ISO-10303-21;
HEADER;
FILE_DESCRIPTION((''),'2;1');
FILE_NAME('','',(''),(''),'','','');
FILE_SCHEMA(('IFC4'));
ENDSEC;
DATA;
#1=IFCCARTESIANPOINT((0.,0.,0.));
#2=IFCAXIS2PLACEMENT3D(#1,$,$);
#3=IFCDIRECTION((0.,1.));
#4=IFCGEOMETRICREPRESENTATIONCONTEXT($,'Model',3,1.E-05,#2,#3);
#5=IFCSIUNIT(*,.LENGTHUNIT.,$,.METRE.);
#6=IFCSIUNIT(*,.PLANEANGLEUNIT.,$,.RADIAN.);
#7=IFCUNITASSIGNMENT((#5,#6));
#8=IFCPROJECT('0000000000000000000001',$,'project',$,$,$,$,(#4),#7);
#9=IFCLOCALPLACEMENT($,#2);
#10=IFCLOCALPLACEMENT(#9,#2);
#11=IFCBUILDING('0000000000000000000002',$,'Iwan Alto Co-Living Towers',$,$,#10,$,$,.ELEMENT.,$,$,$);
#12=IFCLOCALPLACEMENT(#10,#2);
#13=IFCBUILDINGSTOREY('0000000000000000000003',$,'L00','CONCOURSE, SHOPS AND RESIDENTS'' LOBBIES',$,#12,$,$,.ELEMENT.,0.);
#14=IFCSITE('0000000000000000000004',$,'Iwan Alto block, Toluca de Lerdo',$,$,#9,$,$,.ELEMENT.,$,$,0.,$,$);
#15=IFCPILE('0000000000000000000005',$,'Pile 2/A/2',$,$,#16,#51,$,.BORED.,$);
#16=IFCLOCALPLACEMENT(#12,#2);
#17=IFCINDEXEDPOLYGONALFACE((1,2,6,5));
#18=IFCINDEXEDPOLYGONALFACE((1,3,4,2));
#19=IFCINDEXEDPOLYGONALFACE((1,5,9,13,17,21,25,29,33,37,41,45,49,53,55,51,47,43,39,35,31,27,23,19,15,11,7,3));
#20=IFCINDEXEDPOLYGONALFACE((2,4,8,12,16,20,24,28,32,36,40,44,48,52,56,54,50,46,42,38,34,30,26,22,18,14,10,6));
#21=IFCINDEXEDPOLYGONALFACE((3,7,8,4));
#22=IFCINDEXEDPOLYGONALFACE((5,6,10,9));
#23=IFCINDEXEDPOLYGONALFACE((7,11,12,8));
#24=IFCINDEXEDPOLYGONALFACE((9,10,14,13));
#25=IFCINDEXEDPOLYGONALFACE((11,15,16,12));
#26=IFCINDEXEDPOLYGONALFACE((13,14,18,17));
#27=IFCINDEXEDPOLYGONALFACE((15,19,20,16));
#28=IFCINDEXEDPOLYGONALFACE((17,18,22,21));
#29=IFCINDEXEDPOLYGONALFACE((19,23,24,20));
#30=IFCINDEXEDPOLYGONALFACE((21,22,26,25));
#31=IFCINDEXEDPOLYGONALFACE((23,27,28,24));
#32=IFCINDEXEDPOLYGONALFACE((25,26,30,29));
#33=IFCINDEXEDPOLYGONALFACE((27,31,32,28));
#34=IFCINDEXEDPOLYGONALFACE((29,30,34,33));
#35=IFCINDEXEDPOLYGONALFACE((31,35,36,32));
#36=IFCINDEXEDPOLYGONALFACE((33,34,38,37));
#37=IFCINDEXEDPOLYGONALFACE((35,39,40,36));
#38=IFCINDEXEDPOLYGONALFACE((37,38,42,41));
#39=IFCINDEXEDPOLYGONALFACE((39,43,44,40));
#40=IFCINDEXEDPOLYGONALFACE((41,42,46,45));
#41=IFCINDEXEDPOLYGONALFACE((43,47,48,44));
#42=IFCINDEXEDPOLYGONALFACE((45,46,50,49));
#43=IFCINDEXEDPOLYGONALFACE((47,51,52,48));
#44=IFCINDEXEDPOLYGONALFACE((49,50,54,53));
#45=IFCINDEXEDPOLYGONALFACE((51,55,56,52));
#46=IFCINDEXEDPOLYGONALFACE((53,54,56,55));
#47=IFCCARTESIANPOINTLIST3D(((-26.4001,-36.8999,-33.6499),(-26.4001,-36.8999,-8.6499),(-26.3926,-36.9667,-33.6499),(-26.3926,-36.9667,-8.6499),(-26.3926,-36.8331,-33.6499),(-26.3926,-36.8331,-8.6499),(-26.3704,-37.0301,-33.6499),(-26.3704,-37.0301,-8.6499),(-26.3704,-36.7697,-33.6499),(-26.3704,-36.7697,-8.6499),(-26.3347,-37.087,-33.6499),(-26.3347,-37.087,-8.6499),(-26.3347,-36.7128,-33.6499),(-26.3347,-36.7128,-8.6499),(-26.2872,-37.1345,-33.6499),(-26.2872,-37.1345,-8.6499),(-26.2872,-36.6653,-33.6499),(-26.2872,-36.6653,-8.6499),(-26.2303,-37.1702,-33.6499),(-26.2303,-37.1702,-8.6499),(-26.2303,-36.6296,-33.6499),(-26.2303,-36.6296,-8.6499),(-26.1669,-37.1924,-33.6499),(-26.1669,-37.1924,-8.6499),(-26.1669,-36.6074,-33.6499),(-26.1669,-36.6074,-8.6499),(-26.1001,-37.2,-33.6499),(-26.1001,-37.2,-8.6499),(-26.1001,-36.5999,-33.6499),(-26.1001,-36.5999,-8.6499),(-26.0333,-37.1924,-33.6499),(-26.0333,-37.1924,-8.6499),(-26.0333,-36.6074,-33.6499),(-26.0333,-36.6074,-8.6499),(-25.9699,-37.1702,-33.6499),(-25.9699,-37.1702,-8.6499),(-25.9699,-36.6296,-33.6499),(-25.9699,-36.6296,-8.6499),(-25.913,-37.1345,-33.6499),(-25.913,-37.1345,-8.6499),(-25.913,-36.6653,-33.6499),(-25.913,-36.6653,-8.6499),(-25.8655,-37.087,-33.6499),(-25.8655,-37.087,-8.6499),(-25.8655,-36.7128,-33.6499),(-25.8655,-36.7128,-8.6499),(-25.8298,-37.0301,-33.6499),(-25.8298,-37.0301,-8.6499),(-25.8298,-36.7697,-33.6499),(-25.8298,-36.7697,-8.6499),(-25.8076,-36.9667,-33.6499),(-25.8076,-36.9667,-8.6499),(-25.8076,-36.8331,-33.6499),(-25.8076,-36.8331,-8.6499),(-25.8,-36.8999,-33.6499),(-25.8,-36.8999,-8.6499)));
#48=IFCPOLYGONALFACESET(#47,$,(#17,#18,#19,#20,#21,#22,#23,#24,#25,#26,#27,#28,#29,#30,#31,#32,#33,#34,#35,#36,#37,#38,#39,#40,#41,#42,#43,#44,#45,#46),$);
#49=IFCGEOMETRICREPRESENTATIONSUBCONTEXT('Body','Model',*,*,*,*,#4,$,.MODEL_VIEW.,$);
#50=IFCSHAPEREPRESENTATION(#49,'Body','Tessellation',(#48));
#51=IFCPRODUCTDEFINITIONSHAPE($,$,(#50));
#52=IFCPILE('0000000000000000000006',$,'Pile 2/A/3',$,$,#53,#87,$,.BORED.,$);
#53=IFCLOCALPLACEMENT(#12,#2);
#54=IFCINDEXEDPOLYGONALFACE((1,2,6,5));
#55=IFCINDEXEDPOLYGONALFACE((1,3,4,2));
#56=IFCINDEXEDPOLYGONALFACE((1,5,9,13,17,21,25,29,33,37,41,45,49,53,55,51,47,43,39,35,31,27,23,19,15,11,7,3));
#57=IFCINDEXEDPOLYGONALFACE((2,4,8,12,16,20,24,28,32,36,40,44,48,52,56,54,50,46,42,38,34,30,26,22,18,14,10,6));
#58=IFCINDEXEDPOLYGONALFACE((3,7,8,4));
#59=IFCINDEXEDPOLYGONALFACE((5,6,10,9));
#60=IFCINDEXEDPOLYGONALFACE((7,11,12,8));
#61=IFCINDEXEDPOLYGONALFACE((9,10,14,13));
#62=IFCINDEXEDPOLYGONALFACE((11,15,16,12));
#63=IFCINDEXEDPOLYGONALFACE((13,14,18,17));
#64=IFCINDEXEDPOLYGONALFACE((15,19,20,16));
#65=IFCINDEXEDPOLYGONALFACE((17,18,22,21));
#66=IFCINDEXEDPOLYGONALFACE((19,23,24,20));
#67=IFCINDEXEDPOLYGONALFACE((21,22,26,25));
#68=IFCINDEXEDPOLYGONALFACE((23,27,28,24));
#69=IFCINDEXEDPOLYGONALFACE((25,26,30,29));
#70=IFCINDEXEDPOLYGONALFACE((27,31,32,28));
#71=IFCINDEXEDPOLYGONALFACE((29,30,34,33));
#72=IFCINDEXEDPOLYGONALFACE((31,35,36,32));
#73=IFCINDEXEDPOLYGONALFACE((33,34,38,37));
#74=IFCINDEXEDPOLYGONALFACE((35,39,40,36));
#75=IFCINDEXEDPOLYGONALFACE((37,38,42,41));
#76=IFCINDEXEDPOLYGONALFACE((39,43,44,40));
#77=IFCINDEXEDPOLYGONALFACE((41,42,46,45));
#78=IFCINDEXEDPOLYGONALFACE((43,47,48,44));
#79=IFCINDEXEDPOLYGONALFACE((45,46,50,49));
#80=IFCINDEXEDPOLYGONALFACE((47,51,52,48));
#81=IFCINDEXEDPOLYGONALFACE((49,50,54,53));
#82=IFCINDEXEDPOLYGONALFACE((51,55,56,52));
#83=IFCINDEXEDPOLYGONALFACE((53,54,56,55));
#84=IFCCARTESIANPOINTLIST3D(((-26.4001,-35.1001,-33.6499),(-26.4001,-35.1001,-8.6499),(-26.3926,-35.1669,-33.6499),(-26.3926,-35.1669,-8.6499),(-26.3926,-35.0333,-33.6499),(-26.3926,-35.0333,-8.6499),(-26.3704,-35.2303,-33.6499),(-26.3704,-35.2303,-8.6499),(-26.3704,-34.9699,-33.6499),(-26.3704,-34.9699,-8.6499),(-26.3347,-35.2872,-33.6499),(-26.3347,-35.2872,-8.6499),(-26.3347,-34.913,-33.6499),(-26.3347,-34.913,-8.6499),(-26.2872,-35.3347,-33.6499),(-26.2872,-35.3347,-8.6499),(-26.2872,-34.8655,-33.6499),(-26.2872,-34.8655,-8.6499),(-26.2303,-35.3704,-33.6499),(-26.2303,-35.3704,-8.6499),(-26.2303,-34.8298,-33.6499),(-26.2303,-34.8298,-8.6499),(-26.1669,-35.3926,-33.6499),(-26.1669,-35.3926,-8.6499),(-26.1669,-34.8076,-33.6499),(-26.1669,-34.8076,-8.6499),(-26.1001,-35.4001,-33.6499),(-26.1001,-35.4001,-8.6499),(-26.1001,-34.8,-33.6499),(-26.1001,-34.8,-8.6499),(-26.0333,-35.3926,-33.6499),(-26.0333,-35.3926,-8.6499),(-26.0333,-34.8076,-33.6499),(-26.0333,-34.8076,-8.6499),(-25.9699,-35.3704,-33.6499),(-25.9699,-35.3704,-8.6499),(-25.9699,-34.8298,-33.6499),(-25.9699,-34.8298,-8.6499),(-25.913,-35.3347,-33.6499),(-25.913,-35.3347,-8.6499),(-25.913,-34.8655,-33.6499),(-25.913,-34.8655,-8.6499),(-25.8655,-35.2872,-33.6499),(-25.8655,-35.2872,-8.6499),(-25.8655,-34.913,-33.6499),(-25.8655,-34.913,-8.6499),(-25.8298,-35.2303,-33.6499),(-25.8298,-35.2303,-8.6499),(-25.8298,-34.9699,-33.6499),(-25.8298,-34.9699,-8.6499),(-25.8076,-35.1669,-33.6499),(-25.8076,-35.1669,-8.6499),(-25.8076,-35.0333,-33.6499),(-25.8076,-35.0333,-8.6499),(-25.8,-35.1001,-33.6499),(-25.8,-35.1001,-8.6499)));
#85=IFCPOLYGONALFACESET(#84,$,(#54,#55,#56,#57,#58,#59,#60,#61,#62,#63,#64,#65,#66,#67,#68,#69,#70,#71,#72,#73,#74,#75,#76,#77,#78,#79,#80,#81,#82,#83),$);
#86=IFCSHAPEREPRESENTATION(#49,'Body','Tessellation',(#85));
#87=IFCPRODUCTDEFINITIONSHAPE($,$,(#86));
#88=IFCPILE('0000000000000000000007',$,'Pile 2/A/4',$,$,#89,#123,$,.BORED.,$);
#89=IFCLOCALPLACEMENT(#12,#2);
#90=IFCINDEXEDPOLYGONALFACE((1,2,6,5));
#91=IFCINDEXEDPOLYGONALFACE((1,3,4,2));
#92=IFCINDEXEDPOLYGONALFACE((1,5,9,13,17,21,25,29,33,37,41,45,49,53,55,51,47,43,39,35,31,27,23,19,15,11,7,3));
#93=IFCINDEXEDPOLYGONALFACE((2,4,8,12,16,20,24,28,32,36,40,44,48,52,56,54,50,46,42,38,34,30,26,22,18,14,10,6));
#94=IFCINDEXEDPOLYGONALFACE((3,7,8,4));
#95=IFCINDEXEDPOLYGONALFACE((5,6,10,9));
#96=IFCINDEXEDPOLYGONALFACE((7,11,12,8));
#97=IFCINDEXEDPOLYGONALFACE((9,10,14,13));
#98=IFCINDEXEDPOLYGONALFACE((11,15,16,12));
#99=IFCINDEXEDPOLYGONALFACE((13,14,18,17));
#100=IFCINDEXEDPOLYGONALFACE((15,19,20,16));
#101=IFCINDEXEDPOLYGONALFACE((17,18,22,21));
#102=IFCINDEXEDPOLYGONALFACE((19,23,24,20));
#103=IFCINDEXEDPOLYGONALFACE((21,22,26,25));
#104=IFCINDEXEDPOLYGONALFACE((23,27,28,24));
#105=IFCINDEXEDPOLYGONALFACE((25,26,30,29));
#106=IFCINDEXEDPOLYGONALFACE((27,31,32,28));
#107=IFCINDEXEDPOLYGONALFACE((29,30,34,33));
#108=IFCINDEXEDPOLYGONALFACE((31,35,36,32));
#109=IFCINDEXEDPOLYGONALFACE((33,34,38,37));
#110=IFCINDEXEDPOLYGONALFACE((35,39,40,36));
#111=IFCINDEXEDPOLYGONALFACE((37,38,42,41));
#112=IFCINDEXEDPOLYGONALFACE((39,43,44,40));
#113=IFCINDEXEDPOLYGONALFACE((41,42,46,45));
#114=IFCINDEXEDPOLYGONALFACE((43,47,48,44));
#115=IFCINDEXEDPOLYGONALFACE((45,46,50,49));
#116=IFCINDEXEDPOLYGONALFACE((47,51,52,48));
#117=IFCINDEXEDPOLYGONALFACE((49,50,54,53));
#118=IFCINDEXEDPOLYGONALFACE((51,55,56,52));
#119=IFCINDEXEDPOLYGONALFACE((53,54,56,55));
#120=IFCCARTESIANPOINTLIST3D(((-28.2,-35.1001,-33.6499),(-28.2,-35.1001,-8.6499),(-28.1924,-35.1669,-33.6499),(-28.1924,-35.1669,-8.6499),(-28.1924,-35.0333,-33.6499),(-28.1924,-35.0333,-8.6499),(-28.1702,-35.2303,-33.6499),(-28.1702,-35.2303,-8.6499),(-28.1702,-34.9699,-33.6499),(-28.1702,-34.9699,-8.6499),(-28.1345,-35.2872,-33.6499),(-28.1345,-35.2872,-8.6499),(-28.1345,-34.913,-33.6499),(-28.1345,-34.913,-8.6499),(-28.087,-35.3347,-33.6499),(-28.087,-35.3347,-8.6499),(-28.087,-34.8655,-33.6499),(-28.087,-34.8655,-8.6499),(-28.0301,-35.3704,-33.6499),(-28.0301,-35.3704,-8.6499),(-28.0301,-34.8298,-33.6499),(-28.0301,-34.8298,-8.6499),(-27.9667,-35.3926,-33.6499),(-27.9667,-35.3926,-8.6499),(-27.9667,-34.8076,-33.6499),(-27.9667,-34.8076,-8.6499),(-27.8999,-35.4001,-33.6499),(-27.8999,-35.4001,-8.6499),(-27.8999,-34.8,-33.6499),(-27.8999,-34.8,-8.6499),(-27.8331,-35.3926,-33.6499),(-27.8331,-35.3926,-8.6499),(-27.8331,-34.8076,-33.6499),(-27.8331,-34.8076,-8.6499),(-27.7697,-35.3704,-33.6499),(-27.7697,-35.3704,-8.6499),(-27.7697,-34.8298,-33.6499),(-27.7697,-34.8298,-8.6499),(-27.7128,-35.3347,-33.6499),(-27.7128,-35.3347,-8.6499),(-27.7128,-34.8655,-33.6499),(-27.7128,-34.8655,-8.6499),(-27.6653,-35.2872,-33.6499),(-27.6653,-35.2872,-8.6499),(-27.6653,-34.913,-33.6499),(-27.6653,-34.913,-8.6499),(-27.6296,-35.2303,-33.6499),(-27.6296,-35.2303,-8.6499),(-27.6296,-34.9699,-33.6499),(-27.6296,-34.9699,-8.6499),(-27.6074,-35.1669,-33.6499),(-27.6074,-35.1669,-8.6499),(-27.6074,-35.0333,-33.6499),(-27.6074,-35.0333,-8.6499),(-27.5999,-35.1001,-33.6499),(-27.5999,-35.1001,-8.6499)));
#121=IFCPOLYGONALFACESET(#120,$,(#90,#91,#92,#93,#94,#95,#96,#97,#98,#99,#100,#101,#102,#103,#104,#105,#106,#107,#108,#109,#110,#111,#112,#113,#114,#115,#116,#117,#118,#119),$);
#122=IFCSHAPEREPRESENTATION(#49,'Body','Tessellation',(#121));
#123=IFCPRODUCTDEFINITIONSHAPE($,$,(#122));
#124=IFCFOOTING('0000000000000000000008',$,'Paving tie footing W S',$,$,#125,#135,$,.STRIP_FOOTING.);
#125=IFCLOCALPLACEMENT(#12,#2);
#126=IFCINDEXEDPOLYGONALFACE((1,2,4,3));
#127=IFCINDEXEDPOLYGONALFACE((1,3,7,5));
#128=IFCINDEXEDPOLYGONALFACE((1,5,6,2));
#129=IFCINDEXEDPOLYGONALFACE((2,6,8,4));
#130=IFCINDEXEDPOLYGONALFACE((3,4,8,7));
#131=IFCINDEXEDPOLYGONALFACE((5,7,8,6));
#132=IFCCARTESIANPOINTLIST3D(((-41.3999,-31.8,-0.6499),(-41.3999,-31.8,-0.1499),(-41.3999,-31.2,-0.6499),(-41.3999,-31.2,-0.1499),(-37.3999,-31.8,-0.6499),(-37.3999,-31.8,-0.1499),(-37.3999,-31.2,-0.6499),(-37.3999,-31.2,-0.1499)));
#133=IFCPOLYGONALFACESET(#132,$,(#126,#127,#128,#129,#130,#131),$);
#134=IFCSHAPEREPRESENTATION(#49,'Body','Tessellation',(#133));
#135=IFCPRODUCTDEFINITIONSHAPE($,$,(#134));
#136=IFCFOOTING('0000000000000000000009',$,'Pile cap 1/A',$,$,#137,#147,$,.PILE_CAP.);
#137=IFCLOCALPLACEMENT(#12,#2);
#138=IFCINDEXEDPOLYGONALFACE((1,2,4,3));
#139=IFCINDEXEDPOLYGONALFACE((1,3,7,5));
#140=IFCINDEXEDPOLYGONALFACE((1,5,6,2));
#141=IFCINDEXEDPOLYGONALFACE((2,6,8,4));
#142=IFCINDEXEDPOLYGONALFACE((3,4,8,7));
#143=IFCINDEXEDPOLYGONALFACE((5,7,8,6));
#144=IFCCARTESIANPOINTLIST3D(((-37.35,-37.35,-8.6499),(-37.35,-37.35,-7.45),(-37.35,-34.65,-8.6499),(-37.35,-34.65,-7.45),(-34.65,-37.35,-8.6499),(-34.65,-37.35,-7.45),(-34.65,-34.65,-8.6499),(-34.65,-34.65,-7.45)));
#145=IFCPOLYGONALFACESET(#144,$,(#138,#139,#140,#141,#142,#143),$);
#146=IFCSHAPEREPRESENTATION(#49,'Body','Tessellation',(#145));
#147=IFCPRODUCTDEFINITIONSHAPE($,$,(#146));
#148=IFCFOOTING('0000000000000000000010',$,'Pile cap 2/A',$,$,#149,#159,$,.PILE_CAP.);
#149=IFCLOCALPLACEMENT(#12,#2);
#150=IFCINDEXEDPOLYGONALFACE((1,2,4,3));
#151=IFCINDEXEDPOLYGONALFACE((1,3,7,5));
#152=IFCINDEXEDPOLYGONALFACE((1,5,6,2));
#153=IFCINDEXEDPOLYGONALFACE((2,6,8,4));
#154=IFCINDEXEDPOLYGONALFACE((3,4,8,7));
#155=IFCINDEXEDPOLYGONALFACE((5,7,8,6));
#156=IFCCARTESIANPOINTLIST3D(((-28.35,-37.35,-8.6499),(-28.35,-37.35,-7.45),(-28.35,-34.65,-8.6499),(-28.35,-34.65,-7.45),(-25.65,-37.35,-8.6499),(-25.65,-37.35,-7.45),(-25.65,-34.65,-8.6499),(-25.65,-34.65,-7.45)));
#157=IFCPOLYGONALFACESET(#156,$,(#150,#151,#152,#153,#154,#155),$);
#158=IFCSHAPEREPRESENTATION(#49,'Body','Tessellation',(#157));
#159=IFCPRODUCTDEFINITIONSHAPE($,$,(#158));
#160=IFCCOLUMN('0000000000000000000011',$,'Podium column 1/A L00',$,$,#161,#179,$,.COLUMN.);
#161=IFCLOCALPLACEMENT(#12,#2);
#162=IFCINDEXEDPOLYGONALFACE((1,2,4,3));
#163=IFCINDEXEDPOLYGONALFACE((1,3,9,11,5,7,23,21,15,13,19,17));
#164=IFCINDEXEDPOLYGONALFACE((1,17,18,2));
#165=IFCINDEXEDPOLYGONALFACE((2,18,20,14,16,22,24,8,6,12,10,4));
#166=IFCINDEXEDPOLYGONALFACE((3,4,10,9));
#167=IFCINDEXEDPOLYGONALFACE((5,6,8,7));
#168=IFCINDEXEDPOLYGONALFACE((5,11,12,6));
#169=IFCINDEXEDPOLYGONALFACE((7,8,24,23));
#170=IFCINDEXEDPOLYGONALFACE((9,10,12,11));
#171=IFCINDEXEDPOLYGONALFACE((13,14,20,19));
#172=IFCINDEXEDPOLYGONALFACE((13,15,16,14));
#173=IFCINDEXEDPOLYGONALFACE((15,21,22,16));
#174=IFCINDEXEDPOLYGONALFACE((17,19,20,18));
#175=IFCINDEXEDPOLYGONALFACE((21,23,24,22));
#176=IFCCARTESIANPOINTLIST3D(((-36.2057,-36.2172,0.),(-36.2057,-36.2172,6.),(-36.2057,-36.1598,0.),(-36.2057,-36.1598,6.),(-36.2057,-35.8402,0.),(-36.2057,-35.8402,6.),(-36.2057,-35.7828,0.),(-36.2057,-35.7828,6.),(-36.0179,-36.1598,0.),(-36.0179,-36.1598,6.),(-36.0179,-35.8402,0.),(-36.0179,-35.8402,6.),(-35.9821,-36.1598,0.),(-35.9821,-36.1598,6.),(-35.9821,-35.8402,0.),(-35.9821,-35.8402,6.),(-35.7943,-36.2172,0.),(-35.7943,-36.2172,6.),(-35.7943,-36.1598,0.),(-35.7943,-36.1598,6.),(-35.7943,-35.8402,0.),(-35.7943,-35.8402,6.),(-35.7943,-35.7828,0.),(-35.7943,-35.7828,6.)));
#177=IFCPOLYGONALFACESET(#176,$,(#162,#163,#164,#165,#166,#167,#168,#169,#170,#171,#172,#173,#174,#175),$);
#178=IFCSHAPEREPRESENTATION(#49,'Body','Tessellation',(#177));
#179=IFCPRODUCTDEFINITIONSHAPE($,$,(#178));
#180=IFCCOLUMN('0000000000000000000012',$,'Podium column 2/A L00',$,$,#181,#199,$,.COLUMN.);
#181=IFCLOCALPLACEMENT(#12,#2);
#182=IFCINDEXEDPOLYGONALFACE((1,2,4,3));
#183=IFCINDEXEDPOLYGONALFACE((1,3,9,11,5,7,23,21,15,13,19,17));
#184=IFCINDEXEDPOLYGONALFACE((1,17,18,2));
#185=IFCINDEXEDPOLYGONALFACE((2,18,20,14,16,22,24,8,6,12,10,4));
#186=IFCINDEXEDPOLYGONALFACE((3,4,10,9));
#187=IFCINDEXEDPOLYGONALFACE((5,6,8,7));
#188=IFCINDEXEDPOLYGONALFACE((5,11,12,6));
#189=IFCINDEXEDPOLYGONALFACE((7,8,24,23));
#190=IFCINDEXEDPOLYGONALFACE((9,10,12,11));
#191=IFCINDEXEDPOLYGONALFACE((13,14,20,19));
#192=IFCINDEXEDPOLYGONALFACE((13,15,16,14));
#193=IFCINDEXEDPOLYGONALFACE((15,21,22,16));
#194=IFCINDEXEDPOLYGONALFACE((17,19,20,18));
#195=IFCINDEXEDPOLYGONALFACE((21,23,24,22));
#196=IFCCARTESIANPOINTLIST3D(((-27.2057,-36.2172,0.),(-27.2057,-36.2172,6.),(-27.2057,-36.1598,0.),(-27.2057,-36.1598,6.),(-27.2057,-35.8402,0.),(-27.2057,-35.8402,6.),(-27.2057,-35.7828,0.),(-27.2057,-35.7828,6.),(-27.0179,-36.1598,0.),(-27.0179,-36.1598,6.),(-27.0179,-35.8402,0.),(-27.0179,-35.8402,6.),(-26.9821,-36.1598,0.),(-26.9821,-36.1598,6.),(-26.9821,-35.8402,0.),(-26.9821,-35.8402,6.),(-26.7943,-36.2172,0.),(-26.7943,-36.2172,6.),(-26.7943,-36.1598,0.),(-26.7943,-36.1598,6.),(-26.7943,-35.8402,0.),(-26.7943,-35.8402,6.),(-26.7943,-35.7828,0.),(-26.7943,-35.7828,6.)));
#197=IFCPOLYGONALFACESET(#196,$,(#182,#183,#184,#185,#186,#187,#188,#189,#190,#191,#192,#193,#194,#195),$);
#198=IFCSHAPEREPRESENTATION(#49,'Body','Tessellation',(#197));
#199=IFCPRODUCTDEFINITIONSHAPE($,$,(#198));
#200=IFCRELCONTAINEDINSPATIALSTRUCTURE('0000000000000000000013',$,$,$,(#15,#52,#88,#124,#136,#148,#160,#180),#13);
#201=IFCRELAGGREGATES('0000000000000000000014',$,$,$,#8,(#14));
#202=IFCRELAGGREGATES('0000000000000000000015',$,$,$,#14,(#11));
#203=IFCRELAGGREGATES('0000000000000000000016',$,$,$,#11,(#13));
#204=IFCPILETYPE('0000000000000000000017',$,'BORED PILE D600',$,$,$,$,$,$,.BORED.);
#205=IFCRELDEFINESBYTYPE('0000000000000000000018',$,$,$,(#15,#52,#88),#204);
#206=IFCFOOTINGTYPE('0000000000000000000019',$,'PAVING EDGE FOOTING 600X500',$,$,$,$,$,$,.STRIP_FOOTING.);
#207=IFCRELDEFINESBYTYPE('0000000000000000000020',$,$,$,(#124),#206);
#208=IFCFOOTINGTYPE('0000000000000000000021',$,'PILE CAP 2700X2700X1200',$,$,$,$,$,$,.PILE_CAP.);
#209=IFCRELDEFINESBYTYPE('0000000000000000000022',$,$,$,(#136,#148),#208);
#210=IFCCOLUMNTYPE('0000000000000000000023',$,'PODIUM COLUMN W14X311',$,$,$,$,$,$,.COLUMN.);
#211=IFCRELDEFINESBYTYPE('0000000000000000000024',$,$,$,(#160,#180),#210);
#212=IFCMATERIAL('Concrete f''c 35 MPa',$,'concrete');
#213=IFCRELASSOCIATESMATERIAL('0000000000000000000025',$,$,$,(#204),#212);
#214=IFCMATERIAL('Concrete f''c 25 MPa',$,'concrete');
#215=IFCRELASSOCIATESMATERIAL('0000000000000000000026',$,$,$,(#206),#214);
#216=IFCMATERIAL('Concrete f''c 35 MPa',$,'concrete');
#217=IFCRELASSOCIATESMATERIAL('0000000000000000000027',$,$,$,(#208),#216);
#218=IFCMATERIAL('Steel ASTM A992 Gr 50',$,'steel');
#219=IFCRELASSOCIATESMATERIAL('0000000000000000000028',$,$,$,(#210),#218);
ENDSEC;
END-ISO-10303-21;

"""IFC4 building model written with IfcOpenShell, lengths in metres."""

from ifc_helpers import new_model, si_unit, direction, frame, origin, origin_2d, place, context, subcontext, project, spatial, rectangle, circle, i_section, extrude, material, material_profile, profile_set, type_object, element, save


model = new_model("IFC4")

# Units and contexts
model_context = context("Model", 3, precision=1e-05, world=origin(), true_north=direction((0.0, 1.0)))
body_context = subcontext(model_context, "Body", "Model", "MODEL_VIEW")
ifc_project = project(units=[si_unit("LENGTHUNIT", "METRE"), si_unit("PLANEANGLEUNIT", "RADIAN")], contexts=[model_context])

# Site, building, storey
site_placement = place(None, origin())
site = spatial("IfcSite", under=ifc_project, at=site_placement, Name="Iwan Alto block, Toluca de Lerdo", CompositionType="ELEMENT", RefElevation=0.0)
building_placement = place(site_placement, origin())
building = spatial("IfcBuilding", under=site, at=building_placement, Name="Iwan Alto Co-Living Towers", CompositionType="ELEMENT")
storey_placement = place(building_placement, origin())
storey = spatial("IfcBuildingStorey", under=building, at=storey_placement, Name="L00", Description="CONCOURSE, SHOPS AND RESIDENTS' LOBBIES", CompositionType="ELEMENT", Elevation=0.0)

# Piles
ifc_material_1 = material(Name="Concrete f'c 35 MPa", Category="concrete")
ifc_material_profile_1 = material_profile(ifc_material_1, circle(Radius=0.3, at=origin_2d()), Name="D600")
ifc_profile_set_1 = profile_set([ifc_material_profile_1], Name="Concrete f'c 35 MPa")
pile_type = type_object("IfcPileType", Name="BORED PILE D600", PredefinedType="BORED", material=ifc_profile_set_1)
for number, where, z_axis, x_axis, name in (
    (1, (-26.1001, -36.8999, -8.6499), (0.0, 0.0, -1.0), (1.0, 0.0, 0.0), "Pile 2/A/2"),
    (2, (-26.1001, -35.1001, -8.6499), (0.0, 0.0, -1.0), (1.0, 0.0, 0.0), "Pile 2/A/3"),
    (3, (-27.8999, -35.1001, -8.6499), (0.0, 0.0, -1.0), (1.0, 0.0, 0.0), "Pile 2/A/4"),
):
    element("IfcPile", number, at=place(storey_placement, frame(where, z_axis=z_axis, x_axis=x_axis)), inside=storey, type_object=pile_type, Name=name, PredefinedType="BORED", context=body_context, shape_type="SweptSolid", body=[
        extrude(circle(Radius=0.3, at=origin_2d()), origin(), (0.0, 0.0, 1.0), 25.0),
    ])

# Footings
ifc_material_2 = material(Name="Concrete f'c 25 MPa", Category="concrete")
footing_type_1 = type_object("IfcFootingType", Name="PAVING EDGE FOOTING 600X500", PredefinedType="STRIP_FOOTING", material=ifc_material_2)
footing_placement = place(storey_placement, frame((-39.3999, -31.5, -0.6499), z_axis=(0.0, 0.0, 1.0), x_axis=(1.0, 0.0, 0.0)))
element("IfcFooting", 4, at=footing_placement, inside=storey, type_object=footing_type_1, Name="Paving tie footing W S", PredefinedType="STRIP_FOOTING", context=body_context, shape_type="SweptSolid", body=[
    extrude(rectangle(XDim=4.0, YDim=0.6001, at=origin_2d()), origin(), (0.0, 0.0, 1.0), 0.5),
])
ifc_material_3 = material(Name="Concrete f'c 35 MPa", Category="concrete")
footing_type_2 = type_object("IfcFootingType", Name="PILE CAP 2700X2700X1200", PredefinedType="PILE_CAP", material=ifc_material_3)
for number, where, z_axis, x_axis, name in (
    (5, (-36.0, -36.0, -8.6499), (0.0, 0.0, 1.0), (1.0, 0.0, 0.0), "Pile cap 1/A"),
    (6, (-27.0, -36.0, -8.6499), (0.0, 0.0, 1.0), (1.0, 0.0, 0.0), "Pile cap 2/A"),
):
    element("IfcFooting", number, at=place(storey_placement, frame(where, z_axis=z_axis, x_axis=x_axis)), inside=storey, type_object=footing_type_2, Name=name, PredefinedType="PILE_CAP", context=body_context, shape_type="SweptSolid", body=[
        extrude(rectangle(XDim=2.7, YDim=2.7, at=origin_2d()), origin(), (0.0, 0.0, 1.0), 1.2),
    ])

# Columns
ifc_material_4 = material(Name="Steel ASTM A992 Gr 50", Category="steel")
ifc_material_profile_2 = material_profile(ifc_material_4, i_section(OverallWidth=0.4114, OverallDepth=0.4343, WebThickness=0.0359, FlangeThickness=0.0574, at=origin_2d()), Name="W14X311")
ifc_profile_set_2 = profile_set([ifc_material_profile_2], Name="Steel ASTM A992 Gr 50")
column_type = type_object("IfcColumnType", Name="PODIUM COLUMN W14X311", PredefinedType="COLUMN", material=ifc_profile_set_2)
for number, where, z_axis, x_axis, name in (
    (7, (-36.0, -36.0, 0.0), (0.0, 0.0, 1.0), (1.0, 0.0, 0.0), "Podium column 1/A L00"),
    (8, (-27.0, -36.0, 0.0), (0.0, 0.0, 1.0), (1.0, 0.0, 0.0), "Podium column 2/A L00"),
):
    element("IfcColumn", number, at=place(storey_placement, frame(where, z_axis=z_axis, x_axis=x_axis)), inside=storey, type_object=column_type, Name=name, PredefinedType="COLUMN", context=body_context, shape_type="SweptSolid", body=[
        extrude(i_section(OverallWidth=0.4114, OverallDepth=0.4343, WebThickness=0.0359, FlangeThickness=0.0574, at=origin_2d()), origin(), (0.0, 0.0, 1.0), 6.0),
    ])

save(model, "model.ifc")
